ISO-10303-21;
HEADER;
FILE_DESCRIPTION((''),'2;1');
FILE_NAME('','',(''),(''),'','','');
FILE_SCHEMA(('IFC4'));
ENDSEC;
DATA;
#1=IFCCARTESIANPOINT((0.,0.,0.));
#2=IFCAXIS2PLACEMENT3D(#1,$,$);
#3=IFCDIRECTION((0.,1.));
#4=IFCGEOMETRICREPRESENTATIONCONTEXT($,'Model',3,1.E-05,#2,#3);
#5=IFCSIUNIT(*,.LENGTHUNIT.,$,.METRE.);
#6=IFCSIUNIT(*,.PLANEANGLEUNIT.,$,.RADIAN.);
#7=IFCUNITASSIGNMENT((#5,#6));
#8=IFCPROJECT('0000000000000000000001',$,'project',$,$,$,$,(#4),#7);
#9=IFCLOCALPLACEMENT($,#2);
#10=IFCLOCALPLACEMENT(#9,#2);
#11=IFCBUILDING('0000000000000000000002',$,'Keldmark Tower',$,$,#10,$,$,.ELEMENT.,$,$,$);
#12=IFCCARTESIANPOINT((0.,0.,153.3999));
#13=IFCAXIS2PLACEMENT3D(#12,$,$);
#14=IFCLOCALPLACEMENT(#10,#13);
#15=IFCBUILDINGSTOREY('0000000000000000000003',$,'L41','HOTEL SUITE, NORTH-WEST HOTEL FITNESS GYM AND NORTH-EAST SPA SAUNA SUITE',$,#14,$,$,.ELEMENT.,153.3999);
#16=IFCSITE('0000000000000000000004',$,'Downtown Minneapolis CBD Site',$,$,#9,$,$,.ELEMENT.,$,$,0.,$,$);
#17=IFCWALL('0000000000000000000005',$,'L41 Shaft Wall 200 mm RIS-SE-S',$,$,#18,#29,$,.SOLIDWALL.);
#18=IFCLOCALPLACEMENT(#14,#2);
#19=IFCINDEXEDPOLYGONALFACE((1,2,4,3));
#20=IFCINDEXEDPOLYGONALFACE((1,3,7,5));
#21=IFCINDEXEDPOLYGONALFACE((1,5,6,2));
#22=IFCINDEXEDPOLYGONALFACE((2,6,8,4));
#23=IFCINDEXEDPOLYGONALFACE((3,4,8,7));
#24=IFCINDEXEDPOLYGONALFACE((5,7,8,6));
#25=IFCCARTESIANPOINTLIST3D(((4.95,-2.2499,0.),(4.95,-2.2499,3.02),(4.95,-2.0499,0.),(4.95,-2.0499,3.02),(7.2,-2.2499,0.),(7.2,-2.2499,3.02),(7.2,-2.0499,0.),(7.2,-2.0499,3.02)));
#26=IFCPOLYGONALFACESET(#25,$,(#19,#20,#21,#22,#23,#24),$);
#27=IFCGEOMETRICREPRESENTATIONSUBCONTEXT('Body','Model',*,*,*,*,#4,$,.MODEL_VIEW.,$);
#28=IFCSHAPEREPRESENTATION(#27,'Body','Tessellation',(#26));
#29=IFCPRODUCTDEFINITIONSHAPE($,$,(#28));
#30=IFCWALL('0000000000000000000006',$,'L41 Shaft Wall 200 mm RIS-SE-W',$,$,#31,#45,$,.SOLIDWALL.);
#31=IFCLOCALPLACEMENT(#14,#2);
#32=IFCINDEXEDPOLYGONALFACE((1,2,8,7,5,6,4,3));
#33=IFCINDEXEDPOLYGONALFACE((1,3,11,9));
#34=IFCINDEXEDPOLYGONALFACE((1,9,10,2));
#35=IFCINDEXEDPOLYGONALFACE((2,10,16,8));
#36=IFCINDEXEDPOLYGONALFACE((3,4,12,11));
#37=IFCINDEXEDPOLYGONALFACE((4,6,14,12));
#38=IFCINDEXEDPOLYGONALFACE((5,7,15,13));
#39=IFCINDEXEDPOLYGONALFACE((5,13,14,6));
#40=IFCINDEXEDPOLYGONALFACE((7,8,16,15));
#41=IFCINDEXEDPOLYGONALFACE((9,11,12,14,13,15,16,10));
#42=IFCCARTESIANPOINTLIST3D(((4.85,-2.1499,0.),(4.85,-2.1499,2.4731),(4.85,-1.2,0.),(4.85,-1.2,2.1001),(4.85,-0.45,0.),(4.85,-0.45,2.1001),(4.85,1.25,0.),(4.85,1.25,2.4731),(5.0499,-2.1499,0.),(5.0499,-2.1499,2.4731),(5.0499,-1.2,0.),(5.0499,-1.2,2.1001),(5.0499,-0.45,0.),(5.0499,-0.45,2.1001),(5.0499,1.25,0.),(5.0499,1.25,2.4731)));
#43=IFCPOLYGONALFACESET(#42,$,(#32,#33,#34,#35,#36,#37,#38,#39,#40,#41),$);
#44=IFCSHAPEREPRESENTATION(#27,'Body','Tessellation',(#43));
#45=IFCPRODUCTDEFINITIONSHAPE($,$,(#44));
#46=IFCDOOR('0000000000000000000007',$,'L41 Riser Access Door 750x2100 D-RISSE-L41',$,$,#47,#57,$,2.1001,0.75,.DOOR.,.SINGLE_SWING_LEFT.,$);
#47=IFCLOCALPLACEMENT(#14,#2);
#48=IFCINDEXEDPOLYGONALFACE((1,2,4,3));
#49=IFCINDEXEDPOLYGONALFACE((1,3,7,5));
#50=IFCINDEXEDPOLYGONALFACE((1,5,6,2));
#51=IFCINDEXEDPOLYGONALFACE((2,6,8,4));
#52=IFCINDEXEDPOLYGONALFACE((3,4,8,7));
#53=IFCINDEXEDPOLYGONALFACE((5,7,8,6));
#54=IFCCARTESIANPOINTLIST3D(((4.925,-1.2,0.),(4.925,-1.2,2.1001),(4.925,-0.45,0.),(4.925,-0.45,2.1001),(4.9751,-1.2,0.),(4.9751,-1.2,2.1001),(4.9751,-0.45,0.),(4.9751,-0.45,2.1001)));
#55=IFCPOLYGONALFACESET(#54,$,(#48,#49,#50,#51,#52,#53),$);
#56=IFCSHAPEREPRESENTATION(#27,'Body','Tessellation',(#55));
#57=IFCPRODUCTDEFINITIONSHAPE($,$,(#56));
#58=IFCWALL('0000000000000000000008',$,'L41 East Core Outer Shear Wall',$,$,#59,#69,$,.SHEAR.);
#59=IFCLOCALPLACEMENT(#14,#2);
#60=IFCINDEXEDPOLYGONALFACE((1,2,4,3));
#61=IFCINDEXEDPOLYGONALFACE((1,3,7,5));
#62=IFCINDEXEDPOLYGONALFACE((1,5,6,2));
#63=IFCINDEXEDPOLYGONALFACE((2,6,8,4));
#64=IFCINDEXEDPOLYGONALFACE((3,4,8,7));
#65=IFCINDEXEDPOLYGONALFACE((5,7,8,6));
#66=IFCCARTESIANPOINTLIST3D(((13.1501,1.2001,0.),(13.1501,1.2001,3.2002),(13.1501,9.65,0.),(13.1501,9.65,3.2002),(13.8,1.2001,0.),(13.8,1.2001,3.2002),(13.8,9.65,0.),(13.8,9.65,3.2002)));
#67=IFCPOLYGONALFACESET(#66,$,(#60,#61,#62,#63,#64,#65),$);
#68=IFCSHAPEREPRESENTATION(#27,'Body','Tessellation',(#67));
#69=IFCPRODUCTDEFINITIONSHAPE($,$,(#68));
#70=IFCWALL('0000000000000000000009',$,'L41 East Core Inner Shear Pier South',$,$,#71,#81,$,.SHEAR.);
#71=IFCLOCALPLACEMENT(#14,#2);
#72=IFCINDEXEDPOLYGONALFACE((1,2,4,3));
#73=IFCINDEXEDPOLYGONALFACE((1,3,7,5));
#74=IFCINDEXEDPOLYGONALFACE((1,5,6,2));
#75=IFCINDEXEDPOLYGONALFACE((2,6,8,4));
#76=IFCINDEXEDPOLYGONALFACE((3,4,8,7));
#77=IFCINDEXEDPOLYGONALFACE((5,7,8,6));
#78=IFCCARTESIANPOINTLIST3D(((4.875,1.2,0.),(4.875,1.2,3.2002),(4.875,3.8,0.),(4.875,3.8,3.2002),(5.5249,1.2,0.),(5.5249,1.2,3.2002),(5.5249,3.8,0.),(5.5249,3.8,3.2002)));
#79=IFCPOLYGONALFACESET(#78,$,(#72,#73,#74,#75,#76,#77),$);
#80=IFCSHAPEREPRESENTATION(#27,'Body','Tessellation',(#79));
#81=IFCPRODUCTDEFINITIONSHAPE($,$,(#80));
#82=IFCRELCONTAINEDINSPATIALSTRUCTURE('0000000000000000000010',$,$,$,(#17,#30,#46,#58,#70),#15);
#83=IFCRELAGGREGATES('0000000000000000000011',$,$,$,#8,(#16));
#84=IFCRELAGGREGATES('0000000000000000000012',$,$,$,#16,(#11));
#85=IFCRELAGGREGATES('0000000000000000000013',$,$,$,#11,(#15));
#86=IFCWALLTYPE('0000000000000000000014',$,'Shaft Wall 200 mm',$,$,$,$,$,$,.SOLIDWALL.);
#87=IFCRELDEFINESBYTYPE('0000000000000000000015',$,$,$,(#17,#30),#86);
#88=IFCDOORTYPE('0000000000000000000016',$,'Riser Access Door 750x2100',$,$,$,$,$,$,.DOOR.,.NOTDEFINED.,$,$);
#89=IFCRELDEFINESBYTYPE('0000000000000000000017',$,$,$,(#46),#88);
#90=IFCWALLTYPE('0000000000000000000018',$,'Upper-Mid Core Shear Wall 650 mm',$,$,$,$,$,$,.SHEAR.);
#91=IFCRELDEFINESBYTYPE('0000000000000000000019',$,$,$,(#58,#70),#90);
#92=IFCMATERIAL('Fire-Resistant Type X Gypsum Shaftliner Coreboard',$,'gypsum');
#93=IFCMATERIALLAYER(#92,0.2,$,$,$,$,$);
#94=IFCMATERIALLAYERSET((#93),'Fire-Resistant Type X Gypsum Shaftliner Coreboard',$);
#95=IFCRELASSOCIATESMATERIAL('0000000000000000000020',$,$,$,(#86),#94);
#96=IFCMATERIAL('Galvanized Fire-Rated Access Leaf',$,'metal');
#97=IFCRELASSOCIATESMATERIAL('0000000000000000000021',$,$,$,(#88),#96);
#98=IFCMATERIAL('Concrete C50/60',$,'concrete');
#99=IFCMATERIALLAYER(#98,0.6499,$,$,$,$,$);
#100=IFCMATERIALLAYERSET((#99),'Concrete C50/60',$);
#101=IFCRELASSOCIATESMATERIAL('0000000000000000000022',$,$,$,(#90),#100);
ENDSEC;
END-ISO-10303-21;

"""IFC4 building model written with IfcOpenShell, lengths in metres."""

from ifc_helpers import new_model, si_unit, direction, frame, frame_2d, origin, place, context, subcontext, project, spatial, rectangle, extrude, material, layer, layer_set, type_object, element, fill, save


model = new_model("IFC4")

# Units and contexts
model_context = context("Model", 3, precision=1e-05, world=origin(), true_north=direction((0.0, 1.0)))
body_context = subcontext(model_context, "Body", "Model", "MODEL_VIEW")
ifc_project = project(units=[si_unit("LENGTHUNIT", "METRE"), si_unit("PLANEANGLEUNIT", "RADIAN")], contexts=[model_context])

# Site, building, storey
site_placement = place(None, origin())
site = spatial("IfcSite", under=ifc_project, at=site_placement, Name="Downtown Minneapolis CBD Site", CompositionType="ELEMENT", RefElevation=0.0)
building_placement = place(site_placement, origin())
building = spatial("IfcBuilding", under=site, at=building_placement, Name="Keldmark Tower", CompositionType="ELEMENT")
storey_placement = place(building_placement, frame((0.0, 0.0, 153.3999)))
storey = spatial("IfcBuildingStorey", under=building, at=storey_placement, Name="L41", Description="HOTEL SUITE, NORTH-WEST HOTEL FITNESS GYM AND NORTH-EAST SPA SAUNA SUITE", CompositionType="ELEMENT", Elevation=153.3999)

# Wall
ifc_material_1 = material(Name="Fire-Resistant Type X Gypsum Shaftliner Coreboard", Category="gypsum")
ifc_layer_1 = layer(ifc_material_1, 0.2)
ifc_layer_set_1 = layer_set([ifc_layer_1], Name="Fire-Resistant Type X Gypsum Shaftliner Coreboard")
wall_type_1 = type_object("IfcWallType", Name="Shaft Wall 200 mm", PredefinedType="SOLIDWALL", material=ifc_layer_set_1)
wall_1_placement = place(storey_placement, frame((4.95, -2.1499, 0.0), z_axis=(0.0, 0.0, 1.0), x_axis=(1.0, 0.0, 0.0)))
element("IfcWall", 1, at=wall_1_placement, inside=storey, type_object=wall_type_1, Name="L41 Shaft Wall 200 mm RIS-SE-S", PredefinedType="SOLIDWALL", context=body_context, shape_type="SweptSolid", body=[
    extrude(rectangle(XDim=2.25, YDim=0.2, at=frame_2d((1.125, 0.0))), origin(), (0.0, 0.0, 1.0), 3.02),
])

# Wall, opening, door
wall_2_placement = place(storey_placement, frame((4.95, -2.1499, 0.0), z_axis=(0.0, 0.0, 1.0), x_axis=(0.0, 1.0, 0.0)))
wall_2 = element("IfcWall", 2, at=wall_2_placement, inside=storey, type_object=wall_type_1, Name="L41 Shaft Wall 200 mm RIS-SE-W", PredefinedType="SOLIDWALL", context=body_context, shape_type="SweptSolid", body=[
    extrude(rectangle(XDim=3.3999, YDim=0.2, at=frame_2d((1.7, 0.0))), origin(), (0.0, 0.0, 1.0), 2.4731),
])
opening_1_placement = place(wall_2_placement, frame((0.95, 0.0, 0.0)))
opening_1 = element("IfcOpeningElement", 3, at=opening_1_placement, cuts=wall_2, PredefinedType="OPENING", context=body_context, shape_type="SweptSolid", body=[
    extrude(rectangle(XDim=0.75, YDim=2.1001, at=frame_2d((0.375, 1.05))), frame((0.0, 0.1099, 0.0), z_axis=(0.0, -1.0, 0.0), x_axis=(1.0, 0.0, 0.0)), (0.0, 0.0, 1.0), 0.22),
])
ifc_material_2 = material(Name="Galvanized Fire-Rated Access Leaf", Category="metal")
door_type_1 = type_object("IfcDoorType", Name="Riser Access Door 750x2100", OperationType="NOTDEFINED", PredefinedType="DOOR", material=ifc_material_2)
door_1_placement = place(opening_1_placement, origin())
door_1 = element("IfcDoor", 4, at=door_1_placement, inside=storey, type_object=door_type_1, Name="L41 Riser Access Door 750x2100 D-RISSE-L41", OperationType="SINGLE_SWING_LEFT", OverallHeight=2.1001, OverallWidth=0.75, PredefinedType="DOOR", context=body_context, shape_type="SweptSolid", body=[
    extrude(rectangle(XDim=0.75, YDim=2.1001, at=frame_2d((0.375, 1.05))), frame((0.0, 0.0249, 0.0), z_axis=(0.0, -1.0, 0.0), x_axis=(1.0, 0.0, 0.0)), (0.0, 0.0, 1.0), 0.05),
])
fill(opening_1, door_1)

# Walls
ifc_material_3 = material(Name="Concrete C50/60", Category="concrete")
ifc_layer_2 = layer(ifc_material_3, 0.6499)
ifc_layer_set_2 = layer_set([ifc_layer_2], Name="Concrete C50/60")
wall_type_2 = type_object("IfcWallType", Name="Upper-Mid Core Shear Wall 650 mm", PredefinedType="SHEAR", material=ifc_layer_set_2)
wall_3_placement = place(storey_placement, frame((13.4751, 1.2, 0.0), z_axis=(0.0, 0.0, 1.0), x_axis=(0.0, 1.0, 0.0)))
element("IfcWall", 5, at=wall_3_placement, inside=storey, type_object=wall_type_2, Name="L41 East Core Outer Shear Wall", PredefinedType="SHEAR", context=body_context, shape_type="SweptSolid", body=[
    extrude(rectangle(XDim=8.45, YDim=0.6499, at=frame_2d((4.2251, 0.0))), origin(), (0.0, 0.0, 1.0), 3.2002),
])
wall_4_placement = place(storey_placement, frame((5.2, 1.2, 0.0), z_axis=(0.0, 0.0, 1.0), x_axis=(0.0, 1.0, 0.0)))
element("IfcWall", 6, at=wall_4_placement, inside=storey, type_object=wall_type_2, Name="L41 East Core Inner Shear Pier South", PredefinedType="SHEAR", context=body_context, shape_type="SweptSolid", body=[
    extrude(rectangle(XDim=2.6001, YDim=0.6499, at=frame_2d((1.3, 0.0))), origin(), (0.0, 0.0, 1.0), 3.2002),
])

save(model, "model.ifc")
